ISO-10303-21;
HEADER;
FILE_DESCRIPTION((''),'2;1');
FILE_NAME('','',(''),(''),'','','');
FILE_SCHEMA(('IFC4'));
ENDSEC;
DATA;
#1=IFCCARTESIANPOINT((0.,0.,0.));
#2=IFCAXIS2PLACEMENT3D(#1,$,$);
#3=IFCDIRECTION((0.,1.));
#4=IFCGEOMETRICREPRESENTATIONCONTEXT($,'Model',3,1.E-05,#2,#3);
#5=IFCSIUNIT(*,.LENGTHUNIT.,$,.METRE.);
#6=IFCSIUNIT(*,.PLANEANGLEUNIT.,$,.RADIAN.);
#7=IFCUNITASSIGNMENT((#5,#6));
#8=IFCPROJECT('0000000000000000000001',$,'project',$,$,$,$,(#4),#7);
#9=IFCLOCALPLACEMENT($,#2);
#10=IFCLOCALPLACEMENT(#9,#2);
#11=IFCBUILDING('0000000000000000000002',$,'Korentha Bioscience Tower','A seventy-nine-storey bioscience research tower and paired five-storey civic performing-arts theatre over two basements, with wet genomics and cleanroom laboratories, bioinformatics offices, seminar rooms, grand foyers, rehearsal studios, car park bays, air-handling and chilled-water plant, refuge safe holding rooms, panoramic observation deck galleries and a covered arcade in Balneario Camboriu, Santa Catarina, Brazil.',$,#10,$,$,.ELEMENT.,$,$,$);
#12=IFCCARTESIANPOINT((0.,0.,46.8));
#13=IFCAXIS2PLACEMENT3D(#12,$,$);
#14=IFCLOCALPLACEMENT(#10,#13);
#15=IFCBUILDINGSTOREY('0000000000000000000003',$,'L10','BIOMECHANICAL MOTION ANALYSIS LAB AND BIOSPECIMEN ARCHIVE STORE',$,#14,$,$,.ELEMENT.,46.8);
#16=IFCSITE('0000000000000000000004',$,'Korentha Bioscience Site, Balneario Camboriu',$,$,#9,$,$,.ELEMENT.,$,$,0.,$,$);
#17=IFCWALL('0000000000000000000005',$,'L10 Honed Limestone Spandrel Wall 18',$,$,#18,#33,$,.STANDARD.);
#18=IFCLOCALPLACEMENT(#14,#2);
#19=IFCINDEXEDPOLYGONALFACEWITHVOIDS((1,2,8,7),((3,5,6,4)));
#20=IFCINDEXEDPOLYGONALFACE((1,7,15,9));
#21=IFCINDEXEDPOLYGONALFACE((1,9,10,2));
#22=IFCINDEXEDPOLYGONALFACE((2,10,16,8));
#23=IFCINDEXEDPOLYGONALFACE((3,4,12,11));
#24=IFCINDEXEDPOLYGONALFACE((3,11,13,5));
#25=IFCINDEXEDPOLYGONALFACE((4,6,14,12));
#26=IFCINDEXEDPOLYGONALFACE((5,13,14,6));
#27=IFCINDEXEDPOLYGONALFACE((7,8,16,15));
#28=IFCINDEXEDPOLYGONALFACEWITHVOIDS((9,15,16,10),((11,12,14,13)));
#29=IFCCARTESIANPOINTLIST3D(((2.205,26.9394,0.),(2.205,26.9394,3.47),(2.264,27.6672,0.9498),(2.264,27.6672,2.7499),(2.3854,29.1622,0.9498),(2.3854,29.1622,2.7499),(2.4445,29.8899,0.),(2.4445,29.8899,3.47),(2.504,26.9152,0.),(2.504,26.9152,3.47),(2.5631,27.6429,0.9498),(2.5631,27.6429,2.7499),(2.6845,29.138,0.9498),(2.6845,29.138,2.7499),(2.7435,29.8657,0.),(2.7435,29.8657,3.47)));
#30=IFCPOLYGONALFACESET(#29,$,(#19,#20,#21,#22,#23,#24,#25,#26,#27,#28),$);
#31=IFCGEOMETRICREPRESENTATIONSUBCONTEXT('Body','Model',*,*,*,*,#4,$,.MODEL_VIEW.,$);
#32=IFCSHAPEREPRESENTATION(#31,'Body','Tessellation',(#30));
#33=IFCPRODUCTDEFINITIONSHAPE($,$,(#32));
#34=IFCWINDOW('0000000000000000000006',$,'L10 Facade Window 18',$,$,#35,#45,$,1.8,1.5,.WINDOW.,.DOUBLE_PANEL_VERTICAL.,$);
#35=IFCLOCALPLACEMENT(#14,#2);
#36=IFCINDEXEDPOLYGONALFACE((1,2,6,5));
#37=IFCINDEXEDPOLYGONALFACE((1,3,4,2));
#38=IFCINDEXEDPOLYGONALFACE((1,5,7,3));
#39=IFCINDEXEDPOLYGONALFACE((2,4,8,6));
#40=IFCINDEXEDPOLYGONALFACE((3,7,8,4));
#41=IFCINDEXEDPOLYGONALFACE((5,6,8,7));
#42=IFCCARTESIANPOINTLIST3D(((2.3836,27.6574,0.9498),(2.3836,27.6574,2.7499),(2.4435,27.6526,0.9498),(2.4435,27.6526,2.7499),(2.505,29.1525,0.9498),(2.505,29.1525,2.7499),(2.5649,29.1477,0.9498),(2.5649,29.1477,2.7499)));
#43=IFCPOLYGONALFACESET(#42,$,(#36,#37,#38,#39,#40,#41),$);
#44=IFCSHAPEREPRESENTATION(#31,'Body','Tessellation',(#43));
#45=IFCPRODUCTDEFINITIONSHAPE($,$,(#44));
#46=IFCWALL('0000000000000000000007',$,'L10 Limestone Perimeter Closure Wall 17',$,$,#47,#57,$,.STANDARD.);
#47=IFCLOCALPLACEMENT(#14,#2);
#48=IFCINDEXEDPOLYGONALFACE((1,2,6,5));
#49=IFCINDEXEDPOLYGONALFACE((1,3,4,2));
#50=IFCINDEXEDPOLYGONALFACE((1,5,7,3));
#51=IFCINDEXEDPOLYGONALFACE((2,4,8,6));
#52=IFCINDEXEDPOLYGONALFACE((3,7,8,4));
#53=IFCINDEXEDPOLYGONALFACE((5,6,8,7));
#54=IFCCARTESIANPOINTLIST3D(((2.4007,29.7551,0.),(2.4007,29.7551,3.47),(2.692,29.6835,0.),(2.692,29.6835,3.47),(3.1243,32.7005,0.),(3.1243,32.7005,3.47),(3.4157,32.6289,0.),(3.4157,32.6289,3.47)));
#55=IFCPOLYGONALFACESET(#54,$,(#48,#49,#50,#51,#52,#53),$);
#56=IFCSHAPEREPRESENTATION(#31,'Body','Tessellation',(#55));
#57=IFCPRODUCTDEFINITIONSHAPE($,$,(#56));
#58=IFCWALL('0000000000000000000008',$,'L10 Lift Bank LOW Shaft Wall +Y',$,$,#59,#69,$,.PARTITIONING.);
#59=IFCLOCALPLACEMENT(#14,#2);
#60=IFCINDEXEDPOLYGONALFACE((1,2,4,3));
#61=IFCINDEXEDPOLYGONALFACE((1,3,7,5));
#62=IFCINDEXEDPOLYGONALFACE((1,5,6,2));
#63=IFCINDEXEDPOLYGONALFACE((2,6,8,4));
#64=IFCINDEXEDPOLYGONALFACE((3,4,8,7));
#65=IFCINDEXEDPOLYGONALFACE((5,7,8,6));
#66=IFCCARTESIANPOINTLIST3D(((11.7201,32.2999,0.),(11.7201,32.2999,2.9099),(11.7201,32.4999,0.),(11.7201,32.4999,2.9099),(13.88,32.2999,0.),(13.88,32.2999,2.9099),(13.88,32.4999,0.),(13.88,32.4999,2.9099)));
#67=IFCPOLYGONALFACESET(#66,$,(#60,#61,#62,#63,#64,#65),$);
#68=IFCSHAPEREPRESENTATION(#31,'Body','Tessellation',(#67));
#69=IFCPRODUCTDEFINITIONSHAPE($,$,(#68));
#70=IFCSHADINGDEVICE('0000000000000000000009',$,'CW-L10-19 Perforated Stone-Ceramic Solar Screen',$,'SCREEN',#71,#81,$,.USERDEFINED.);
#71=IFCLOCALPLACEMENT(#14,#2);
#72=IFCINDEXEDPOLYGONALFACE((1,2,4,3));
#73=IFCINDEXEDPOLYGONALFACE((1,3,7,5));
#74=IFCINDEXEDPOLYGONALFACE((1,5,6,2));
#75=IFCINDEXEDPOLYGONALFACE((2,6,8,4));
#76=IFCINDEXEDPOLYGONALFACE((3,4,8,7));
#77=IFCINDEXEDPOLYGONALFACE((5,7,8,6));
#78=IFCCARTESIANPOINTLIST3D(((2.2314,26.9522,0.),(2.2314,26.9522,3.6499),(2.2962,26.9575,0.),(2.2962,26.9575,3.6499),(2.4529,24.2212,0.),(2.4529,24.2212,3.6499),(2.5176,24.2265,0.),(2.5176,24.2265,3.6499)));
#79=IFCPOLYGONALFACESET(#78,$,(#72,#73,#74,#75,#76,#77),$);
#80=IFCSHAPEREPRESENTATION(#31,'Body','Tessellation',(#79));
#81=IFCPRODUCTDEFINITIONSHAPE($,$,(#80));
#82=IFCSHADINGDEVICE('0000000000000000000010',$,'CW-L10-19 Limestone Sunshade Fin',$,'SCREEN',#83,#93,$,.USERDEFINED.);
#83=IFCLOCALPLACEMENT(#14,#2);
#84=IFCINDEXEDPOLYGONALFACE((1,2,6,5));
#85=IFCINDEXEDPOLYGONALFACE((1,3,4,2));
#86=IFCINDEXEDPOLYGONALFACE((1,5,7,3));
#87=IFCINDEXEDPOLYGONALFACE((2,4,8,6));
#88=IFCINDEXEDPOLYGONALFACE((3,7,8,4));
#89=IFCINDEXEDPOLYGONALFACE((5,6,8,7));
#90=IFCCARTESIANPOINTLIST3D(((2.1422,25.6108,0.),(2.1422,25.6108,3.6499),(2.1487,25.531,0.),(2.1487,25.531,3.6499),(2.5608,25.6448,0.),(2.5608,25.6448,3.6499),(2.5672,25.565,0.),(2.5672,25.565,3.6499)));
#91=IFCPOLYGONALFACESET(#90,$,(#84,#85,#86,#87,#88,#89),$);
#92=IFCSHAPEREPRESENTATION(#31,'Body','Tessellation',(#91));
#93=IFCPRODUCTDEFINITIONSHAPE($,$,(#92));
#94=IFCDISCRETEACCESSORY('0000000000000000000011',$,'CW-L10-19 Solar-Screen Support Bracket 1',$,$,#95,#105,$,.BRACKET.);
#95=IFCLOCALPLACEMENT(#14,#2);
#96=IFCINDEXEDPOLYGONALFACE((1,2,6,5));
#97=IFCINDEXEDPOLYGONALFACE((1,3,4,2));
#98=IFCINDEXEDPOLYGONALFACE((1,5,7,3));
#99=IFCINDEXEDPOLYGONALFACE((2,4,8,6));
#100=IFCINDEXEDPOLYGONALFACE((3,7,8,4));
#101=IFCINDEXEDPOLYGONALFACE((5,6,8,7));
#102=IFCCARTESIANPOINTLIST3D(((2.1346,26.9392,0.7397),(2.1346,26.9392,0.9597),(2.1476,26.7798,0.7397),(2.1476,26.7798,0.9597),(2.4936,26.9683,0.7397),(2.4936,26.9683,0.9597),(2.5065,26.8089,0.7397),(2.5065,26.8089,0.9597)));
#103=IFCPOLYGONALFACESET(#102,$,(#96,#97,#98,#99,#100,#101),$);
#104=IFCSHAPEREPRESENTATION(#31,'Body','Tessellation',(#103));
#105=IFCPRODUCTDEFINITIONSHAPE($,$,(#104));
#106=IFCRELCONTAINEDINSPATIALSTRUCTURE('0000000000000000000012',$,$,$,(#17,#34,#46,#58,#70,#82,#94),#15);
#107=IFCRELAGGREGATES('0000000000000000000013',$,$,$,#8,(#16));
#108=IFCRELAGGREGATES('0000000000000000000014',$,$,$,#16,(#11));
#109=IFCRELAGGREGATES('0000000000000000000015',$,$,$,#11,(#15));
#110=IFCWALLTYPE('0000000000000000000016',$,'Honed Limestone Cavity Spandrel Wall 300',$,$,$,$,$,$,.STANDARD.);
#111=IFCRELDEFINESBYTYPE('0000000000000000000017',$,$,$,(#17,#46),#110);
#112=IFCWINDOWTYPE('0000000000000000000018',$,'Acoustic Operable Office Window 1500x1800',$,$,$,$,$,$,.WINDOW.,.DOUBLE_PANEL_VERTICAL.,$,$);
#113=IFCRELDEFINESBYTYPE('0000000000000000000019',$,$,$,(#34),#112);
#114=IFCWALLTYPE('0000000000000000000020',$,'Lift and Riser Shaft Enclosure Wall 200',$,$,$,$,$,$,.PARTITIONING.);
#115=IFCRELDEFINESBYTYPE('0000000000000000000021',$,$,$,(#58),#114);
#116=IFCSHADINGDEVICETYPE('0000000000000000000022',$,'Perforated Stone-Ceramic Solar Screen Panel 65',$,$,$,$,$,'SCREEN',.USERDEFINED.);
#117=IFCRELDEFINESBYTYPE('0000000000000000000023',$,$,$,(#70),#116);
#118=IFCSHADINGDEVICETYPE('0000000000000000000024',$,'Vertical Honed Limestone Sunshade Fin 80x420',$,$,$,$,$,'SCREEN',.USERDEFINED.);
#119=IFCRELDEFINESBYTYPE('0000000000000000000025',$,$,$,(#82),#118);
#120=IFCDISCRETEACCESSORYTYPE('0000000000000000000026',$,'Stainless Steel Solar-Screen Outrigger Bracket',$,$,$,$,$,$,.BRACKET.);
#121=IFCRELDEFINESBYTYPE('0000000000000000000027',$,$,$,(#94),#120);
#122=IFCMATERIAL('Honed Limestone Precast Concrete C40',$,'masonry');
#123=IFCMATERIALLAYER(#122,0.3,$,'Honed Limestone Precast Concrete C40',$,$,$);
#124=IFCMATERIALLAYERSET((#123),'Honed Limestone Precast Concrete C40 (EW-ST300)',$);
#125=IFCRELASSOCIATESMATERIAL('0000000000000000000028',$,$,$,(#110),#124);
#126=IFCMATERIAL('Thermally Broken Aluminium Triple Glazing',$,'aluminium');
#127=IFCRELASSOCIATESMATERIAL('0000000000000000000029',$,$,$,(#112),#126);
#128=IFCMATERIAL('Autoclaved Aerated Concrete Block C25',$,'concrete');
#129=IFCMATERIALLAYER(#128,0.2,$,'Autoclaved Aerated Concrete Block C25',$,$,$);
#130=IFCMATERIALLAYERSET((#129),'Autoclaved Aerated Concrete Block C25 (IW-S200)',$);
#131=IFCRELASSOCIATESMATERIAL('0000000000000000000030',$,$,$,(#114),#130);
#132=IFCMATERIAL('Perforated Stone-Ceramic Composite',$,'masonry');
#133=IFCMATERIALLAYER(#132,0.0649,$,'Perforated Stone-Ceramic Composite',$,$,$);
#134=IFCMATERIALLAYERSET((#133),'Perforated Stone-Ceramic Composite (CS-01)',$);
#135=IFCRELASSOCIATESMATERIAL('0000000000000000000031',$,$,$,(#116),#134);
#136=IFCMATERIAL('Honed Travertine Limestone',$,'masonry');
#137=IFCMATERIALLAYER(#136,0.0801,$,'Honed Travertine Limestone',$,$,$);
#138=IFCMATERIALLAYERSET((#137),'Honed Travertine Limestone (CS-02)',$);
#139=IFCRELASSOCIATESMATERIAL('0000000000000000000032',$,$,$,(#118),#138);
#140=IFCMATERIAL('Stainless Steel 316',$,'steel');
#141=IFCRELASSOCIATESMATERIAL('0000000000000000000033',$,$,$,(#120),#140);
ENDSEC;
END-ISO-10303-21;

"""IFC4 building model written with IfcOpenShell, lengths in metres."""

from ifc_helpers import new_model, si_unit, direction, frame, frame_2d, origin, origin_2d, place, context, subcontext, project, spatial, rectangle, extrude, material, layer, layer_set, type_object, element, fill, save


model = new_model("IFC4")

# Units and contexts
model_context = context("Model", 3, precision=1e-05, world=origin(), true_north=direction((0.0, 1.0)))
body_context = subcontext(model_context, "Body", "Model", "MODEL_VIEW")
ifc_project = project(units=[si_unit("LENGTHUNIT", "METRE"), si_unit("PLANEANGLEUNIT", "RADIAN")], contexts=[model_context])

# Site, building, storey
site_placement = place(None, origin())
site = spatial("IfcSite", under=ifc_project, at=site_placement, Name="Korentha Bioscience Site, Balneario Camboriu", CompositionType="ELEMENT", RefElevation=0.0)
building_placement = place(site_placement, origin())
building = spatial("IfcBuilding", under=site, at=building_placement, Name="Korentha Bioscience Tower", Description="A seventy-nine-storey bioscience research tower and paired five-storey civic performing-arts theatre over two basements, with wet genomics and cleanroom laboratories, bioinformatics offices, seminar rooms, grand foyers, rehearsal studios, car park bays, air-handling and chilled-water plant, refuge safe holding rooms, panoramic observation deck galleries and a covered arcade in Balneario Camboriu, Santa Catarina, Brazil.", CompositionType="ELEMENT")
storey_placement = place(building_placement, frame((0.0, 0.0, 46.8)))
storey = spatial("IfcBuildingStorey", under=building, at=storey_placement, Name="L10", Description="BIOMECHANICAL MOTION ANALYSIS LAB AND BIOSPECIMEN ARCHIVE STORE", CompositionType="ELEMENT", Elevation=46.8)

# Wall, opening, window
ifc_material_1 = material(Name="Honed Limestone Precast Concrete C40", Category="masonry")
ifc_layer_1 = layer(ifc_material_1, 0.3, Name="Honed Limestone Precast Concrete C40")
ifc_layer_set_1 = layer_set([ifc_layer_1], Name="Honed Limestone Precast Concrete C40 (EW-ST300)")
wall_type_1 = type_object("IfcWallType", Name="Honed Limestone Cavity Spandrel Wall 300", PredefinedType="STANDARD", material=ifc_layer_set_1)
wall_1_placement = place(storey_placement, frame((2.594, 29.8777, 0.0), z_axis=(0.0, 0.0, 1.0), x_axis=(-0.080909, -0.996722, 0.0)))
wall_1 = element("IfcWall", 1, at=wall_1_placement, inside=storey, type_object=wall_type_1, Name="L10 Honed Limestone Spandrel Wall 18", PredefinedType="STANDARD", context=body_context, shape_type="SweptSolid", body=[
    extrude(rectangle(XDim=2.9602, YDim=0.3, at=frame_2d((1.48, 0.0))), origin(), (0.0, 0.0, 1.0), 3.47),
])
opening_placement = place(wall_1_placement, frame((0.73, 0.0, 0.95)))
opening = element("IfcOpeningElement", 2, at=opening_placement, cuts=wall_1, PredefinedType="OPENING", context=body_context, shape_type="SweptSolid", body=[
    extrude(rectangle(XDim=1.5, YDim=1.8, at=frame_2d((0.75, 0.8999))), frame((0.0, 0.165, 0.0), z_axis=(0.0, -1.0, 0.0), x_axis=(1.0, 0.0, 0.0)), (0.0, 0.0, 1.0), 0.3298),
])
ifc_material_2 = material(Name="Thermally Broken Aluminium Triple Glazing", Category="aluminium")
window_type = type_object("IfcWindowType", Name="Acoustic Operable Office Window 1500x1800", PartitioningType="DOUBLE_PANEL_VERTICAL", PredefinedType="WINDOW", material=ifc_material_2)
window_placement = place(opening_placement, origin())
window = element("IfcWindow", 3, at=window_placement, inside=storey, type_object=window_type, Name="L10 Facade Window 18", OverallHeight=1.8, OverallWidth=1.5, PartitioningType="DOUBLE_PANEL_VERTICAL", PredefinedType="WINDOW", context=body_context, shape_type="SweptSolid", body=[
    extrude(rectangle(XDim=1.5, YDim=1.8, at=frame_2d((0.75, 0.8999))), frame((0.0, 0.03, 0.0), z_axis=(0.0, -1.0, 0.0), x_axis=(1.0, 0.0, 0.0)), (0.0, 0.0, 1.0), 0.0601),
])
fill(opening, window)

# Walls
wall_2_placement = place(storey_placement, frame((3.27, 32.6648, 0.0), z_axis=(0.0, 0.0, 1.0), x_axis=(-0.238594, -0.971119, 0.0)))
element("IfcWall", 4, at=wall_2_placement, inside=storey, type_object=wall_type_1, Name="L10 Limestone Perimeter Closure Wall 17", PredefinedType="STANDARD", context=body_context, shape_type="SweptSolid", body=[
    extrude(rectangle(XDim=3.033, YDim=0.3, at=frame_2d((1.5166, 0.0))), origin(), (0.0, 0.0, 1.0), 3.47),
])
ifc_material_3 = material(Name="Autoclaved Aerated Concrete Block C25", Category="concrete")
ifc_layer_2 = layer(ifc_material_3, 0.2, Name="Autoclaved Aerated Concrete Block C25")
ifc_layer_set_2 = layer_set([ifc_layer_2], Name="Autoclaved Aerated Concrete Block C25 (IW-S200)")
wall_type_2 = type_object("IfcWallType", Name="Lift and Riser Shaft Enclosure Wall 200", PredefinedType="PARTITIONING", material=ifc_layer_set_2)
wall_3_placement = place(storey_placement, frame((11.72, 32.3999, 0.0), z_axis=(0.0, 0.0, 1.0), x_axis=(1.0, 0.0, 0.0)))
element("IfcWall", 5, at=wall_3_placement, inside=storey, type_object=wall_type_2, Name="L10 Lift Bank LOW Shaft Wall +Y", PredefinedType="PARTITIONING", context=body_context, shape_type="SweptSolid", body=[
    extrude(rectangle(XDim=2.1599, YDim=0.2, at=frame_2d((1.0801, 0.0))), origin(), (0.0, 0.0, 1.0), 2.9099),
])

# Shading devices
ifc_material_4 = material(Name="Perforated Stone-Ceramic Composite", Category="masonry")
ifc_layer_3 = layer(ifc_material_4, 0.0649, Name="Perforated Stone-Ceramic Composite")
ifc_layer_set_3 = layer_set([ifc_layer_3], Name="Perforated Stone-Ceramic Composite (CS-01)")
shading_device_type_1 = type_object("IfcShadingDeviceType", Name="Perforated Stone-Ceramic Solar Screen Panel 65", ElementType="SCREEN", PredefinedType="USERDEFINED", material=ifc_layer_set_3)
shading_device_1_placement = place(storey_placement, frame((2.3745, 25.5894, 0.0), z_axis=(0.0, 0.0, 1.0), x_axis=(0.08082, -0.996729, 0.0)))
element("IfcShadingDevice", 6, at=shading_device_1_placement, inside=storey, type_object=shading_device_type_1, Name="CW-L10-19 Perforated Stone-Ceramic Solar Screen", ObjectType="SCREEN", PredefinedType="USERDEFINED", context=body_context, shape_type="SweptSolid", body=[
    extrude(rectangle(XDim=2.74, YDim=0.0649, at=origin_2d()), origin(), (0.0, 0.0, 1.0), 3.6499),
])
ifc_material_5 = material(Name="Honed Travertine Limestone", Category="masonry")
ifc_layer_4 = layer(ifc_material_5, 0.0801, Name="Honed Travertine Limestone")
ifc_layer_set_4 = layer_set([ifc_layer_4], Name="Honed Travertine Limestone (CS-02)")
shading_device_type_2 = type_object("IfcShadingDeviceType", Name="Vertical Honed Limestone Sunshade Fin 80x420", ElementType="SCREEN", PredefinedType="USERDEFINED", material=ifc_layer_set_4)
shading_device_2_placement = place(storey_placement, frame((2.3547, 25.5879, 0.0), z_axis=(0.0, 0.0, 1.0), x_axis=(0.08082, -0.996729, 0.0)))
element("IfcShadingDevice", 7, at=shading_device_2_placement, inside=storey, type_object=shading_device_type_2, Name="CW-L10-19 Limestone Sunshade Fin", ObjectType="SCREEN", PredefinedType="USERDEFINED", context=body_context, shape_type="SweptSolid", body=[
    extrude(rectangle(XDim=0.0801, YDim=0.4199, at=origin_2d()), origin(), (0.0, 0.0, 1.0), 3.6499),
])

# Discrete accessory
ifc_material_6 = material(Name="Stainless Steel 316", Category="steel")
discrete_accessory_type = type_object("IfcDiscreteAccessoryType", Name="Stainless Steel Solar-Screen Outrigger Bracket", PredefinedType="BRACKET", material=ifc_material_6)
discrete_accessory_placement = place(storey_placement, frame((2.3206, 26.874, 0.7397), z_axis=(0.0, 0.0, 1.0), x_axis=(0.08082, -0.996729, 0.0)))
element("IfcDiscreteAccessory", 8, at=discrete_accessory_placement, inside=storey, type_object=discrete_accessory_type, Name="CW-L10-19 Solar-Screen Support Bracket 1", PredefinedType="BRACKET", context=body_context, shape_type="SweptSolid", body=[
    extrude(rectangle(XDim=0.1599, YDim=0.3601, at=origin_2d()), origin(), (0.0, 0.0, 1.0), 0.22),
])

save(model, "model.ifc")
